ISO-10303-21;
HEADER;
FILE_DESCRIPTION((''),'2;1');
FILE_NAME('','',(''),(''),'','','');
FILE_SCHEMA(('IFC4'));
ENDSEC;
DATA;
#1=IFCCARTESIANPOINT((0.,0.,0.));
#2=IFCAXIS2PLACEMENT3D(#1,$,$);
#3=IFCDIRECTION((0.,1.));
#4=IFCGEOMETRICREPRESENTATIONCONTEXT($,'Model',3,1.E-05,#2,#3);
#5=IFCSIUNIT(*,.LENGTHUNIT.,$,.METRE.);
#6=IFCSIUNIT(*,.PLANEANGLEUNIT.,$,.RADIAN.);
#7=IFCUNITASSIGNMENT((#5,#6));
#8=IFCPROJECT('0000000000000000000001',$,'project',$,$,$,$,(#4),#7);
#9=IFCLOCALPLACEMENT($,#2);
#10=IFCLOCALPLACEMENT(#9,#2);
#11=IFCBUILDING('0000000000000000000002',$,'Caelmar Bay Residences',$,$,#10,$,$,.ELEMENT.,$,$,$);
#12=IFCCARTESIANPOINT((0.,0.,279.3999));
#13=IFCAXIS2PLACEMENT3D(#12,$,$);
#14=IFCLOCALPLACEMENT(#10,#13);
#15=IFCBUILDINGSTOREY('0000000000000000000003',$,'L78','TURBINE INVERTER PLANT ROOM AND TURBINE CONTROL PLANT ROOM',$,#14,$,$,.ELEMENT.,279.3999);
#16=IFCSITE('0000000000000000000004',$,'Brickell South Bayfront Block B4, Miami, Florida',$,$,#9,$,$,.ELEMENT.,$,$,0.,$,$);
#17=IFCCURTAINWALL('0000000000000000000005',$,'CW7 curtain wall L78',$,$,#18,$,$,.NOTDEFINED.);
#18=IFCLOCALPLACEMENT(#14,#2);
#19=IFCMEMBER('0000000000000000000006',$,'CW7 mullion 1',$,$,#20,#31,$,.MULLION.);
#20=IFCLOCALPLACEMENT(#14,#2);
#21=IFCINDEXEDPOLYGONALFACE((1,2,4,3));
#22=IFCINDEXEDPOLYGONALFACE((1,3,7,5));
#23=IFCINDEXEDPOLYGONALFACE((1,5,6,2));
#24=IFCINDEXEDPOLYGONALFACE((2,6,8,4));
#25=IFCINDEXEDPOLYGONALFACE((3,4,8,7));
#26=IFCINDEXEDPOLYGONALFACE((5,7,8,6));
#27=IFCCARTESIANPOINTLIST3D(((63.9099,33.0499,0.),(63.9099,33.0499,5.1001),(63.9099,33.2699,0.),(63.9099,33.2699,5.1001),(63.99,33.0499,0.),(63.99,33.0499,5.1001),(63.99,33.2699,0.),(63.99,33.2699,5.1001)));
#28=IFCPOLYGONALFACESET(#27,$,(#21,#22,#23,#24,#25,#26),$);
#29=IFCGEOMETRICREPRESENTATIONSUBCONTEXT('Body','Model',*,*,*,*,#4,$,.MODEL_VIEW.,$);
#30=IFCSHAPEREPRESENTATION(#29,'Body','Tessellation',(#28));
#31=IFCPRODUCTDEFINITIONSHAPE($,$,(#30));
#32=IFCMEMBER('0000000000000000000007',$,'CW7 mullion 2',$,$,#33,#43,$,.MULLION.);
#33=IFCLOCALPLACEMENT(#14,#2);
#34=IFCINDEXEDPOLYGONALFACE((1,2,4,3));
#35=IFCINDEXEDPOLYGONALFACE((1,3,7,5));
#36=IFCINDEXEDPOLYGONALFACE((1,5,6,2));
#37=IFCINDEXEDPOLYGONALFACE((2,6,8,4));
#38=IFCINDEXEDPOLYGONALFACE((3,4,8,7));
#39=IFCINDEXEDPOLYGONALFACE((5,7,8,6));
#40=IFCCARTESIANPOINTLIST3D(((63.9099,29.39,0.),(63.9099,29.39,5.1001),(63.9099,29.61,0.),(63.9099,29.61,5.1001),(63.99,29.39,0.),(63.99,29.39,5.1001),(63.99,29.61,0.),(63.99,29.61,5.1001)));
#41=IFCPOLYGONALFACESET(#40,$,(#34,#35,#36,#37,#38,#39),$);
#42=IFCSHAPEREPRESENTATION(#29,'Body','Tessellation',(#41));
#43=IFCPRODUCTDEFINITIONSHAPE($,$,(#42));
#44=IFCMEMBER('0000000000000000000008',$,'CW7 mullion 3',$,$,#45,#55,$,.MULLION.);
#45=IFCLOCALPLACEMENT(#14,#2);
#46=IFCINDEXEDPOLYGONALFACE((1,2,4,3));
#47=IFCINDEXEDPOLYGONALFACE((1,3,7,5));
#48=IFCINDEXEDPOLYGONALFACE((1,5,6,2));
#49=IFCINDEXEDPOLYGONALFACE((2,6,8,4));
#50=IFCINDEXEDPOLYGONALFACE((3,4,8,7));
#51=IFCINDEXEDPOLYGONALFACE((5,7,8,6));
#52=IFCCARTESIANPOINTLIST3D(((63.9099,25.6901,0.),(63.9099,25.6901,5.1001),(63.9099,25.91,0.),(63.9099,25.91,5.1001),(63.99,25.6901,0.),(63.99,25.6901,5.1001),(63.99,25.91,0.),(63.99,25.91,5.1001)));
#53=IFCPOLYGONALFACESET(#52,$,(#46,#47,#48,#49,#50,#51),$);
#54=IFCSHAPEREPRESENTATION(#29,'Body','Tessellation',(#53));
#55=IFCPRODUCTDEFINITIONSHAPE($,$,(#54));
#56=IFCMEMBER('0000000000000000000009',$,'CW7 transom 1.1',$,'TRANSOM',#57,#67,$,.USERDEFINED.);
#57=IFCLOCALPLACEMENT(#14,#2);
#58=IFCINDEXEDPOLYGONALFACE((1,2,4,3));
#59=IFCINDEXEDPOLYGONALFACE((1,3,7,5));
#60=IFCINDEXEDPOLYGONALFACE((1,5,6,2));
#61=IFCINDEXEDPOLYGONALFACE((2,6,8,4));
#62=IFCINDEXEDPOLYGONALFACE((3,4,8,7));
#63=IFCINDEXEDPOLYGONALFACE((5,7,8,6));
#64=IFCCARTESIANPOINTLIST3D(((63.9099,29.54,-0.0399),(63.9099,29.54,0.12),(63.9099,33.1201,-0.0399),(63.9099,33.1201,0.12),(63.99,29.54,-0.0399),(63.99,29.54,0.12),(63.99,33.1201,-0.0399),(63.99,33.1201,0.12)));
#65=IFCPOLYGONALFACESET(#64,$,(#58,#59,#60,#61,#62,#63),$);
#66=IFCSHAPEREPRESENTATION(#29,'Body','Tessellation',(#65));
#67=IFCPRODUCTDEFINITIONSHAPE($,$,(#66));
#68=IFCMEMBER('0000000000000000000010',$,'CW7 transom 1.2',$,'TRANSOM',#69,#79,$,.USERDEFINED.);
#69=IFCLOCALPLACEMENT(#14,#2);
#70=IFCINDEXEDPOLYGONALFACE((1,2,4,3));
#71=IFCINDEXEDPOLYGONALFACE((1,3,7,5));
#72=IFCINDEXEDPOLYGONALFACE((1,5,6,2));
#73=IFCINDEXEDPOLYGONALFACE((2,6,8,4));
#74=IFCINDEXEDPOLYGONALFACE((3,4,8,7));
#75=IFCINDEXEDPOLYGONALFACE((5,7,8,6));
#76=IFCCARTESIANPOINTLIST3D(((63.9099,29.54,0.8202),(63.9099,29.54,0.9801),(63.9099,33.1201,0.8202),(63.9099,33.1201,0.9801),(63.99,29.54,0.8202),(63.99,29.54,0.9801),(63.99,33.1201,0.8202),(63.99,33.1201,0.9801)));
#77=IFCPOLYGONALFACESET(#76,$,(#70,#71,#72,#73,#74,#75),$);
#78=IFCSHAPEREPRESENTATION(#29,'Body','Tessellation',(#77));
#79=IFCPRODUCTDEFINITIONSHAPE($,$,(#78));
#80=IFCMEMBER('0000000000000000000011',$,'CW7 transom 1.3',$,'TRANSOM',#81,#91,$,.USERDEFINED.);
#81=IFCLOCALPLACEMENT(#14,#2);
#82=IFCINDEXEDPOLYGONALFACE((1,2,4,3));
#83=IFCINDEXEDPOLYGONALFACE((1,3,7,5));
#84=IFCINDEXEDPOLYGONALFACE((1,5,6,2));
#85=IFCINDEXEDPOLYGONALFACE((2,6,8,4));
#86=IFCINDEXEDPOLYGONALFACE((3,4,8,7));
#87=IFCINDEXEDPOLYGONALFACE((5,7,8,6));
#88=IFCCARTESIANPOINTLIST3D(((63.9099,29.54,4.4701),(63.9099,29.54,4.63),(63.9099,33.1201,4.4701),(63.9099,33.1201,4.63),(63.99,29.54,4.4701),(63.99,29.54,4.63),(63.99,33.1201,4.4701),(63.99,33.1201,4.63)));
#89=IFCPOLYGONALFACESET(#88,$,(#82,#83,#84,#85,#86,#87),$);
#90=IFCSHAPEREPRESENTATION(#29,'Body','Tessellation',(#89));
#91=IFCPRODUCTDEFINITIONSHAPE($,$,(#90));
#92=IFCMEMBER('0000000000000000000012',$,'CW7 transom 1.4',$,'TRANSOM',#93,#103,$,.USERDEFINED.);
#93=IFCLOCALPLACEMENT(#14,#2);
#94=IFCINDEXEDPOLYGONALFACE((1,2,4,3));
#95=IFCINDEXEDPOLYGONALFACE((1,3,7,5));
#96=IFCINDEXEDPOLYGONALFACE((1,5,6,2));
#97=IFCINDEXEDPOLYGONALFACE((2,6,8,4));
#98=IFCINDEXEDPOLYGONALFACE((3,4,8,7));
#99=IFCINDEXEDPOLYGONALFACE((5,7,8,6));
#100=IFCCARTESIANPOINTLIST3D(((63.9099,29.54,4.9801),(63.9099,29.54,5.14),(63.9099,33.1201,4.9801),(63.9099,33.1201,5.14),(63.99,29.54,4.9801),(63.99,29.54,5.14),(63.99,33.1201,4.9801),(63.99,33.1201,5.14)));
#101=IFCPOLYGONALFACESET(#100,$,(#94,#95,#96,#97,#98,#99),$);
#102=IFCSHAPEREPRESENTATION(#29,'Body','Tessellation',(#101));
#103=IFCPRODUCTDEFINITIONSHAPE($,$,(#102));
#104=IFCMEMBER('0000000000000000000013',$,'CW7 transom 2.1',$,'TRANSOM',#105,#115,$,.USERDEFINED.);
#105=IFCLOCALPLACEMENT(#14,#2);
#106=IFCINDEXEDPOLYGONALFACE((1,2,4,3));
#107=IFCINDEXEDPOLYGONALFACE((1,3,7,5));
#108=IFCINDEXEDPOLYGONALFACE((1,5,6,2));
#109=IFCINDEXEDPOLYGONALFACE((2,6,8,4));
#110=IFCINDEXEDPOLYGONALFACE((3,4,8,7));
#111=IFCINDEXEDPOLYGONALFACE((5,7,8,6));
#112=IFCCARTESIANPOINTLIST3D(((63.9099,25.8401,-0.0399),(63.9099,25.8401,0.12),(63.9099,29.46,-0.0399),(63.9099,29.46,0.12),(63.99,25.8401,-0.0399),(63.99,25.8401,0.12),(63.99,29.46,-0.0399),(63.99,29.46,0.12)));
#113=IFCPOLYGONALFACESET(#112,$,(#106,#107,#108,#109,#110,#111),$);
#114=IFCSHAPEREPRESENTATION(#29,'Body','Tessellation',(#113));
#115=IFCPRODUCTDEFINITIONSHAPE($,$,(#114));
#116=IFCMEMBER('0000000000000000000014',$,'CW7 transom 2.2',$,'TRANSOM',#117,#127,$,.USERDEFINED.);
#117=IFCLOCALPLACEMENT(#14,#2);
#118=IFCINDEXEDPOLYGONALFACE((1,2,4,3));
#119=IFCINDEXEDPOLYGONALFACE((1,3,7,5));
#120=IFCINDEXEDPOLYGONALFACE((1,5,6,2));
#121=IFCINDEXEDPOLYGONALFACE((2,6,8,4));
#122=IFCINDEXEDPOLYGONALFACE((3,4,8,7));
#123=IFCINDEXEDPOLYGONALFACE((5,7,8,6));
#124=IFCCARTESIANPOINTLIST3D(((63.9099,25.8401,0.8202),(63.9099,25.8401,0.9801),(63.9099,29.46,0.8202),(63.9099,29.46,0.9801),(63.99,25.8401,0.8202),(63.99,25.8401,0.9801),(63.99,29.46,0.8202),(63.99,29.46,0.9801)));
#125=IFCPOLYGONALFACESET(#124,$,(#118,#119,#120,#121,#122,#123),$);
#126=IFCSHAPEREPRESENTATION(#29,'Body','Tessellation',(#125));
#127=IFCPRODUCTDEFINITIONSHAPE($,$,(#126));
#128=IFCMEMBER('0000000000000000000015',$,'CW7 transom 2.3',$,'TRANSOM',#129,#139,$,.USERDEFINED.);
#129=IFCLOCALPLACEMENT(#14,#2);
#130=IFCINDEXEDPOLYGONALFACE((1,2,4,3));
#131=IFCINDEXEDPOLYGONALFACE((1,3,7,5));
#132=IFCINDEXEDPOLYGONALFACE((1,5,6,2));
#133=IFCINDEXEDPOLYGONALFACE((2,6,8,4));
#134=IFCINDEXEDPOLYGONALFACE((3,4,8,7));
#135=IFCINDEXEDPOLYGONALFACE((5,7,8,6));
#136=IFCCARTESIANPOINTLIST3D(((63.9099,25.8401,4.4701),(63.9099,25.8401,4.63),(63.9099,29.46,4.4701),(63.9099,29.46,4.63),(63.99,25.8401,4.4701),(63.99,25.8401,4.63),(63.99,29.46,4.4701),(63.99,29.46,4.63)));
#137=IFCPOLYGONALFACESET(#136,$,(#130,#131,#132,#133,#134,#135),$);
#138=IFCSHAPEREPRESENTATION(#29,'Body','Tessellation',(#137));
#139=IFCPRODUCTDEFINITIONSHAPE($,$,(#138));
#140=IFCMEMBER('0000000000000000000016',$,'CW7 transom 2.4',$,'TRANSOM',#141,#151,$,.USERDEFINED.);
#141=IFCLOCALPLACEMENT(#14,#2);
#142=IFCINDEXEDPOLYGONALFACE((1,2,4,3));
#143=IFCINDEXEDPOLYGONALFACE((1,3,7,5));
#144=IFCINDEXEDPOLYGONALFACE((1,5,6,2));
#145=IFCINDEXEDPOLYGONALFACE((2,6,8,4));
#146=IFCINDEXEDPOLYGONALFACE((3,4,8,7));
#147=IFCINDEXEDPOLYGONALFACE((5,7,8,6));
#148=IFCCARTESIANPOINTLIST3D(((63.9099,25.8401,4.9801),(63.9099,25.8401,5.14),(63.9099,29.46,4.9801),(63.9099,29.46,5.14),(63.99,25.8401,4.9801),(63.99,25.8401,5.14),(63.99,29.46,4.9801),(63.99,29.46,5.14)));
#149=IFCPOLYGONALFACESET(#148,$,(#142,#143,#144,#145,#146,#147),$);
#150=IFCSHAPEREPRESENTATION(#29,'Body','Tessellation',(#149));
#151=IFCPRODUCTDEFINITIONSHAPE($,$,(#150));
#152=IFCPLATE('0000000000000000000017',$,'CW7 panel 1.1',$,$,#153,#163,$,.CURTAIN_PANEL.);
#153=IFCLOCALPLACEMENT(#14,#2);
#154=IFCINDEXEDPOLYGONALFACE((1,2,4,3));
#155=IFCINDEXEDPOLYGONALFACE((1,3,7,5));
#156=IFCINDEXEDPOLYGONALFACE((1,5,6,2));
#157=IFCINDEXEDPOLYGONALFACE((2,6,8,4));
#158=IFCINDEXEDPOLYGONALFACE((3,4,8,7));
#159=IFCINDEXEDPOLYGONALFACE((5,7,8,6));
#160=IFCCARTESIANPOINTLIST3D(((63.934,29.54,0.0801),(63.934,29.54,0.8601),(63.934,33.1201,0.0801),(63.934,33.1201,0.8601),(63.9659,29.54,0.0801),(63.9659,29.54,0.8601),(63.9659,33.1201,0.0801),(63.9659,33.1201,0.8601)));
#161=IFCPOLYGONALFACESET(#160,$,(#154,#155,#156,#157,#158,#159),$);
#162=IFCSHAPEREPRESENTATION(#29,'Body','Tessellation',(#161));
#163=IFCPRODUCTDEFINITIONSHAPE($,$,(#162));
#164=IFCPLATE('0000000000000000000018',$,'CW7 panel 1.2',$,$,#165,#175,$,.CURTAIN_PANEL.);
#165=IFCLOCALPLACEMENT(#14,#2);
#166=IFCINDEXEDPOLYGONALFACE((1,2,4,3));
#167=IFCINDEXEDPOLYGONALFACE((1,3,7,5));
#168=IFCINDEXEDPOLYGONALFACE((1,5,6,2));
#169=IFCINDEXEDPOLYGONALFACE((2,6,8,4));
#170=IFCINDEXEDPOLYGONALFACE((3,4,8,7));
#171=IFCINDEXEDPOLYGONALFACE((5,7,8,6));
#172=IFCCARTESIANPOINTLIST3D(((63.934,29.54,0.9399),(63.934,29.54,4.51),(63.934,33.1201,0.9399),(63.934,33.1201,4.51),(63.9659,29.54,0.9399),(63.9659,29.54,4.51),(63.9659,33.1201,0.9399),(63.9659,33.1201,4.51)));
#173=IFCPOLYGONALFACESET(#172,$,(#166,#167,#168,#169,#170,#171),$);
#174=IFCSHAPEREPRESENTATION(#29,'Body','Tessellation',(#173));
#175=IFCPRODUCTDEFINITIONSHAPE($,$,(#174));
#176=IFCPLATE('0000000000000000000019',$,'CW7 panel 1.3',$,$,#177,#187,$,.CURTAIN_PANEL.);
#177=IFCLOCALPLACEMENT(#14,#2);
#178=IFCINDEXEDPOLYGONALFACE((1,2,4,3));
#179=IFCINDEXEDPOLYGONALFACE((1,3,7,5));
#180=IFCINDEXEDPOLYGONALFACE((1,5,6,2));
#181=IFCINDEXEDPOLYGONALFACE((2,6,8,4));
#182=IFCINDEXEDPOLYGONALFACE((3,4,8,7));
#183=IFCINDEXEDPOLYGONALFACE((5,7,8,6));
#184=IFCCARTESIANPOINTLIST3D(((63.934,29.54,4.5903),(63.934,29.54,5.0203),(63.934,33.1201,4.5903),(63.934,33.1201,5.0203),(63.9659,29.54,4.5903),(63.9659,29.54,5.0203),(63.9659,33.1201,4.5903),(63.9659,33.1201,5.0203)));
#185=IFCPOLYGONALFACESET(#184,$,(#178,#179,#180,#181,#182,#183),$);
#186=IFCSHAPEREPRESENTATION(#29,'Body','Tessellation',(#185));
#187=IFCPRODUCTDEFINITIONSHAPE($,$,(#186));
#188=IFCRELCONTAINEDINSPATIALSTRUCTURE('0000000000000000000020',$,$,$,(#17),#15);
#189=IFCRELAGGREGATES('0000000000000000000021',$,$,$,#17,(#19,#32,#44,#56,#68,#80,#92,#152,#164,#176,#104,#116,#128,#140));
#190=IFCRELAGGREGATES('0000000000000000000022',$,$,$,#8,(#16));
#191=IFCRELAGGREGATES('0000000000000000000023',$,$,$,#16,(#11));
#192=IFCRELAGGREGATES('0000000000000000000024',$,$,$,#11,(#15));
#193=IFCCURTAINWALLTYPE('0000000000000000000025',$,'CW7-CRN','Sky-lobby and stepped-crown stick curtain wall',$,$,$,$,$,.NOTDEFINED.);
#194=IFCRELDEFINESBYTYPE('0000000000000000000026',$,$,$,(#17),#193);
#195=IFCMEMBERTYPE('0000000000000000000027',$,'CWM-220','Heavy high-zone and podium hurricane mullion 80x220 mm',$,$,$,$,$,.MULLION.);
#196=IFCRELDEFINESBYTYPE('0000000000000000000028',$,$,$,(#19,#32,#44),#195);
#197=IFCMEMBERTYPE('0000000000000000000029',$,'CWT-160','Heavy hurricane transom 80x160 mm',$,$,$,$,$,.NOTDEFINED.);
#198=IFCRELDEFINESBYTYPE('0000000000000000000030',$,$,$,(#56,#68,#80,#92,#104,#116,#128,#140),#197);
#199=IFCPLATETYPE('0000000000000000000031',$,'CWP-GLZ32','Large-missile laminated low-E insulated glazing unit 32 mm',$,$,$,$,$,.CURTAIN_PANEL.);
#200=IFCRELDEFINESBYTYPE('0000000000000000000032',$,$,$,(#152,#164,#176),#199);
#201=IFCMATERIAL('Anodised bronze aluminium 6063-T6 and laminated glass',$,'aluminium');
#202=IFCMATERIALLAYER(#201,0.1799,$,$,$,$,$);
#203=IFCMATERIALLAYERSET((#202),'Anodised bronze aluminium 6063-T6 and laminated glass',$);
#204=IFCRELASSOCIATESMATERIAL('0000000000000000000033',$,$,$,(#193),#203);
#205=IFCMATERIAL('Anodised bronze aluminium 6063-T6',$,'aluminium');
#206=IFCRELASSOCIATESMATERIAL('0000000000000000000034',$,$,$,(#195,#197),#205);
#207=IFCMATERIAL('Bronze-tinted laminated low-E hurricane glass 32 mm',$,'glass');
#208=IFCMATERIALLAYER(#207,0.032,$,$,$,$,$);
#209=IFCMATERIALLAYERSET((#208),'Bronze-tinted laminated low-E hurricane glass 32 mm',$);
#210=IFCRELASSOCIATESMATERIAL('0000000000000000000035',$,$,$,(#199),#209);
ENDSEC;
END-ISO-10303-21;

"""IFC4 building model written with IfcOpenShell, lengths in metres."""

from ifc_helpers import new_model, si_unit, direction, frame, origin, origin_2d, place, context, subcontext, project, spatial, rectangle, extrude, material, layer, layer_set, material_profile, profile_set, type_object, element, aggregate, save


model = new_model("IFC4")

# Units and contexts
model_context = context("Model", 3, precision=1e-05, world=origin(), true_north=direction((0.0, 1.0)))
body_context = subcontext(model_context, "Body", "Model", "MODEL_VIEW")
ifc_project = project(units=[si_unit("LENGTHUNIT", "METRE"), si_unit("PLANEANGLEUNIT", "RADIAN")], contexts=[model_context])

# Site, building, storey
site_placement = place(None, origin())
site = spatial("IfcSite", under=ifc_project, at=site_placement, Name="Brickell South Bayfront Block B4, Miami, Florida", CompositionType="ELEMENT", RefElevation=0.0)
building_placement = place(site_placement, origin())
building = spatial("IfcBuilding", under=site, at=building_placement, Name="Caelmar Bay Residences", CompositionType="ELEMENT")
storey_placement = place(building_placement, frame((0.0, 0.0, 279.3999)))
storey = spatial("IfcBuildingStorey", under=building, at=storey_placement, Name="L78", Description="TURBINE INVERTER PLANT ROOM AND TURBINE CONTROL PLANT ROOM", CompositionType="ELEMENT", Elevation=279.3999)

# Curtain wall, members, plates
ifc_material_1 = material(Name="Anodised bronze aluminium 6063-T6 and laminated glass", Category="aluminium")
ifc_layer_1 = layer(ifc_material_1, 0.1799)
ifc_layer_set_1 = layer_set([ifc_layer_1], Name="Anodised bronze aluminium 6063-T6 and laminated glass")
curtain_wall_type = type_object("IfcCurtainWallType", Name="CW7-CRN", Description="Sky-lobby and stepped-crown stick curtain wall", PredefinedType="NOTDEFINED", material=ifc_layer_set_1)
curtain_wall_placement = place(storey_placement, origin())
curtain_wall = element("IfcCurtainWall", 1, at=curtain_wall_placement, inside=storey, type_object=curtain_wall_type, Name="CW7 curtain wall L78", PredefinedType="NOTDEFINED")
ifc_material_2 = material(Name="Anodised bronze aluminium 6063-T6", Category="aluminium")
ifc_material_profile_1 = material_profile(ifc_material_2, rectangle(XDim=0.0801, YDim=0.22, at=origin_2d()), Name="CWM-80X220")
ifc_profile_set_1 = profile_set([ifc_material_profile_1], Name="Anodised bronze aluminium 6063-T6")
member_type_1 = type_object("IfcMemberType", Name="CWM-220", Description="Heavy high-zone and podium hurricane mullion 80x220 mm", PredefinedType="MULLION", material=ifc_profile_set_1)
member_1_placement = place(storey_placement, frame((63.95, 33.1599, 0.0), z_axis=(0.0, 0.0, 1.0), x_axis=(1.0, 0.0, 0.0)))
member_1 = element("IfcMember", 2, at=member_1_placement, type_object=member_type_1, Name="CW7 mullion 1", PredefinedType="MULLION", context=body_context, shape_type="SweptSolid", body=[
    extrude(rectangle(XDim=0.0801, YDim=0.22, at=origin_2d()), origin(), (0.0, 0.0, 1.0), 5.1001),
])
member_2_placement = place(storey_placement, frame((63.95, 29.5, 0.0), z_axis=(0.0, 0.0, 1.0), x_axis=(1.0, 0.0, 0.0)))
member_2 = element("IfcMember", 3, at=member_2_placement, type_object=member_type_1, Name="CW7 mullion 2", PredefinedType="MULLION", context=body_context, shape_type="SweptSolid", body=[
    extrude(rectangle(XDim=0.0801, YDim=0.22, at=origin_2d()), origin(), (0.0, 0.0, 1.0), 5.1001),
])
member_3_placement = place(storey_placement, frame((63.95, 25.8, 0.0), z_axis=(0.0, 0.0, 1.0), x_axis=(1.0, 0.0, 0.0)))
member_3 = element("IfcMember", 4, at=member_3_placement, type_object=member_type_1, Name="CW7 mullion 3", PredefinedType="MULLION", context=body_context, shape_type="SweptSolid", body=[
    extrude(rectangle(XDim=0.0801, YDim=0.22, at=origin_2d()), origin(), (0.0, 0.0, 1.0), 5.1001),
])
ifc_material_profile_2 = material_profile(ifc_material_2, rectangle(XDim=0.0801, YDim=0.1599, at=origin_2d()), Name="CWT-80X160")
ifc_profile_set_2 = profile_set([ifc_material_profile_2], Name="Anodised bronze aluminium 6063-T6")
member_type_2 = type_object("IfcMemberType", Name="CWT-160", Description="Heavy hurricane transom 80x160 mm", PredefinedType="NOTDEFINED", material=ifc_profile_set_2)
member_4_placement = place(storey_placement, frame((63.95, 33.1201, 0.04), z_axis=(0.0, -1.0, 0.0), x_axis=(1.0, 0.0, 0.0)))
member_4 = element("IfcMember", 5, at=member_4_placement, type_object=member_type_2, Name="CW7 transom 1.1", ObjectType="TRANSOM", PredefinedType="USERDEFINED", context=body_context, shape_type="SweptSolid", body=[
    extrude(rectangle(XDim=0.0801, YDim=0.1599, at=origin_2d()), origin(), (0.0, 0.0, 1.0), 3.5801),
])
member_5_placement = place(storey_placement, frame((63.95, 33.1201, 0.9001), z_axis=(0.0, -1.0, 0.0), x_axis=(1.0, 0.0, 0.0)))
member_5 = element("IfcMember", 6, at=member_5_placement, type_object=member_type_2, Name="CW7 transom 1.2", ObjectType="TRANSOM", PredefinedType="USERDEFINED", context=body_context, shape_type="SweptSolid", body=[
    extrude(rectangle(XDim=0.0801, YDim=0.1599, at=origin_2d()), origin(), (0.0, 0.0, 1.0), 3.5801),
])
member_6_placement = place(storey_placement, frame((63.95, 33.1201, 4.55), z_axis=(0.0, -1.0, 0.0), x_axis=(1.0, 0.0, 0.0)))
member_6 = element("IfcMember", 7, at=member_6_placement, type_object=member_type_2, Name="CW7 transom 1.3", ObjectType="TRANSOM", PredefinedType="USERDEFINED", context=body_context, shape_type="SweptSolid", body=[
    extrude(rectangle(XDim=0.0801, YDim=0.1599, at=origin_2d()), origin(), (0.0, 0.0, 1.0), 3.5801),
])
member_7_placement = place(storey_placement, frame((63.95, 33.1201, 5.0601), z_axis=(0.0, -1.0, 0.0), x_axis=(1.0, 0.0, 0.0)))
member_7 = element("IfcMember", 8, at=member_7_placement, type_object=member_type_2, Name="CW7 transom 1.4", ObjectType="TRANSOM", PredefinedType="USERDEFINED", context=body_context, shape_type="SweptSolid", body=[
    extrude(rectangle(XDim=0.0801, YDim=0.1599, at=origin_2d()), origin(), (0.0, 0.0, 1.0), 3.5801),
])
member_8_placement = place(storey_placement, frame((63.95, 29.46, 0.04), z_axis=(0.0, -1.0, 0.0), x_axis=(1.0, 0.0, 0.0)))
member_8 = element("IfcMember", 9, at=member_8_placement, type_object=member_type_2, Name="CW7 transom 2.1", ObjectType="TRANSOM", PredefinedType="USERDEFINED", context=body_context, shape_type="SweptSolid", body=[
    extrude(rectangle(XDim=0.0801, YDim=0.1599, at=origin_2d()), origin(), (0.0, 0.0, 1.0), 3.6199),
])
member_9_placement = place(storey_placement, frame((63.95, 29.46, 0.9001), z_axis=(0.0, -1.0, 0.0), x_axis=(1.0, 0.0, 0.0)))
member_9 = element("IfcMember", 10, at=member_9_placement, type_object=member_type_2, Name="CW7 transom 2.2", ObjectType="TRANSOM", PredefinedType="USERDEFINED", context=body_context, shape_type="SweptSolid", body=[
    extrude(rectangle(XDim=0.0801, YDim=0.1599, at=origin_2d()), origin(), (0.0, 0.0, 1.0), 3.6199),
])
member_10_placement = place(storey_placement, frame((63.95, 29.46, 4.55), z_axis=(0.0, -1.0, 0.0), x_axis=(1.0, 0.0, 0.0)))
member_10 = element("IfcMember", 11, at=member_10_placement, type_object=member_type_2, Name="CW7 transom 2.3", ObjectType="TRANSOM", PredefinedType="USERDEFINED", context=body_context, shape_type="SweptSolid", body=[
    extrude(rectangle(XDim=0.0801, YDim=0.1599, at=origin_2d()), origin(), (0.0, 0.0, 1.0), 3.6199),
])
member_11_placement = place(storey_placement, frame((63.95, 29.46, 5.0601), z_axis=(0.0, -1.0, 0.0), x_axis=(1.0, 0.0, 0.0)))
member_11 = element("IfcMember", 12, at=member_11_placement, type_object=member_type_2, Name="CW7 transom 2.4", ObjectType="TRANSOM", PredefinedType="USERDEFINED", context=body_context, shape_type="SweptSolid", body=[
    extrude(rectangle(XDim=0.0801, YDim=0.1599, at=origin_2d()), origin(), (0.0, 0.0, 1.0), 3.6199),
])
ifc_material_3 = material(Name="Bronze-tinted laminated low-E hurricane glass 32 mm", Category="glass")
ifc_layer_2 = layer(ifc_material_3, 0.032)
ifc_layer_set_2 = layer_set([ifc_layer_2], Name="Bronze-tinted laminated low-E hurricane glass 32 mm")
plate_type = type_object("IfcPlateType", Name="CWP-GLZ32", Description="Large-missile laminated low-E insulated glazing unit 32 mm", PredefinedType="CURTAIN_PANEL", material=ifc_layer_set_2)
plate_1_placement = place(storey_placement, frame((63.95, 31.3301, 0.0801), z_axis=(0.0, 0.0, 1.0), x_axis=(0.0, -1.0, 0.0)))
plate_1 = element("IfcPlate", 13, at=plate_1_placement, type_object=plate_type, Name="CW7 panel 1.1", PredefinedType="CURTAIN_PANEL", context=body_context, shape_type="SweptSolid", body=[
    extrude(rectangle(XDim=3.5801, YDim=0.032, at=origin_2d()), origin(), (0.0, 0.0, 1.0), 0.78),
])
plate_2_placement = place(storey_placement, frame((63.95, 31.3301, 0.9399), z_axis=(0.0, 0.0, 1.0), x_axis=(0.0, -1.0, 0.0)))
plate_2 = element("IfcPlate", 14, at=plate_2_placement, type_object=plate_type, Name="CW7 panel 1.2", PredefinedType="CURTAIN_PANEL", context=body_context, shape_type="SweptSolid", body=[
    extrude(rectangle(XDim=3.5801, YDim=0.032, at=origin_2d()), origin(), (0.0, 0.0, 1.0), 3.5701),
])
plate_3_placement = place(storey_placement, frame((63.95, 31.3301, 4.5903), z_axis=(0.0, 0.0, 1.0), x_axis=(0.0, -1.0, 0.0)))
plate_3 = element("IfcPlate", 15, at=plate_3_placement, type_object=plate_type, Name="CW7 panel 1.3", PredefinedType="CURTAIN_PANEL", context=body_context, shape_type="SweptSolid", body=[
    extrude(rectangle(XDim=3.5801, YDim=0.032, at=origin_2d()), origin(), (0.0, 0.0, 1.0), 0.4299),
])
aggregate(curtain_wall, [member_1, member_2, member_3, member_4, member_5, member_6, member_7, plate_1, plate_2, plate_3, member_8, member_9, member_10, member_11])

save(model, "model.ifc")
